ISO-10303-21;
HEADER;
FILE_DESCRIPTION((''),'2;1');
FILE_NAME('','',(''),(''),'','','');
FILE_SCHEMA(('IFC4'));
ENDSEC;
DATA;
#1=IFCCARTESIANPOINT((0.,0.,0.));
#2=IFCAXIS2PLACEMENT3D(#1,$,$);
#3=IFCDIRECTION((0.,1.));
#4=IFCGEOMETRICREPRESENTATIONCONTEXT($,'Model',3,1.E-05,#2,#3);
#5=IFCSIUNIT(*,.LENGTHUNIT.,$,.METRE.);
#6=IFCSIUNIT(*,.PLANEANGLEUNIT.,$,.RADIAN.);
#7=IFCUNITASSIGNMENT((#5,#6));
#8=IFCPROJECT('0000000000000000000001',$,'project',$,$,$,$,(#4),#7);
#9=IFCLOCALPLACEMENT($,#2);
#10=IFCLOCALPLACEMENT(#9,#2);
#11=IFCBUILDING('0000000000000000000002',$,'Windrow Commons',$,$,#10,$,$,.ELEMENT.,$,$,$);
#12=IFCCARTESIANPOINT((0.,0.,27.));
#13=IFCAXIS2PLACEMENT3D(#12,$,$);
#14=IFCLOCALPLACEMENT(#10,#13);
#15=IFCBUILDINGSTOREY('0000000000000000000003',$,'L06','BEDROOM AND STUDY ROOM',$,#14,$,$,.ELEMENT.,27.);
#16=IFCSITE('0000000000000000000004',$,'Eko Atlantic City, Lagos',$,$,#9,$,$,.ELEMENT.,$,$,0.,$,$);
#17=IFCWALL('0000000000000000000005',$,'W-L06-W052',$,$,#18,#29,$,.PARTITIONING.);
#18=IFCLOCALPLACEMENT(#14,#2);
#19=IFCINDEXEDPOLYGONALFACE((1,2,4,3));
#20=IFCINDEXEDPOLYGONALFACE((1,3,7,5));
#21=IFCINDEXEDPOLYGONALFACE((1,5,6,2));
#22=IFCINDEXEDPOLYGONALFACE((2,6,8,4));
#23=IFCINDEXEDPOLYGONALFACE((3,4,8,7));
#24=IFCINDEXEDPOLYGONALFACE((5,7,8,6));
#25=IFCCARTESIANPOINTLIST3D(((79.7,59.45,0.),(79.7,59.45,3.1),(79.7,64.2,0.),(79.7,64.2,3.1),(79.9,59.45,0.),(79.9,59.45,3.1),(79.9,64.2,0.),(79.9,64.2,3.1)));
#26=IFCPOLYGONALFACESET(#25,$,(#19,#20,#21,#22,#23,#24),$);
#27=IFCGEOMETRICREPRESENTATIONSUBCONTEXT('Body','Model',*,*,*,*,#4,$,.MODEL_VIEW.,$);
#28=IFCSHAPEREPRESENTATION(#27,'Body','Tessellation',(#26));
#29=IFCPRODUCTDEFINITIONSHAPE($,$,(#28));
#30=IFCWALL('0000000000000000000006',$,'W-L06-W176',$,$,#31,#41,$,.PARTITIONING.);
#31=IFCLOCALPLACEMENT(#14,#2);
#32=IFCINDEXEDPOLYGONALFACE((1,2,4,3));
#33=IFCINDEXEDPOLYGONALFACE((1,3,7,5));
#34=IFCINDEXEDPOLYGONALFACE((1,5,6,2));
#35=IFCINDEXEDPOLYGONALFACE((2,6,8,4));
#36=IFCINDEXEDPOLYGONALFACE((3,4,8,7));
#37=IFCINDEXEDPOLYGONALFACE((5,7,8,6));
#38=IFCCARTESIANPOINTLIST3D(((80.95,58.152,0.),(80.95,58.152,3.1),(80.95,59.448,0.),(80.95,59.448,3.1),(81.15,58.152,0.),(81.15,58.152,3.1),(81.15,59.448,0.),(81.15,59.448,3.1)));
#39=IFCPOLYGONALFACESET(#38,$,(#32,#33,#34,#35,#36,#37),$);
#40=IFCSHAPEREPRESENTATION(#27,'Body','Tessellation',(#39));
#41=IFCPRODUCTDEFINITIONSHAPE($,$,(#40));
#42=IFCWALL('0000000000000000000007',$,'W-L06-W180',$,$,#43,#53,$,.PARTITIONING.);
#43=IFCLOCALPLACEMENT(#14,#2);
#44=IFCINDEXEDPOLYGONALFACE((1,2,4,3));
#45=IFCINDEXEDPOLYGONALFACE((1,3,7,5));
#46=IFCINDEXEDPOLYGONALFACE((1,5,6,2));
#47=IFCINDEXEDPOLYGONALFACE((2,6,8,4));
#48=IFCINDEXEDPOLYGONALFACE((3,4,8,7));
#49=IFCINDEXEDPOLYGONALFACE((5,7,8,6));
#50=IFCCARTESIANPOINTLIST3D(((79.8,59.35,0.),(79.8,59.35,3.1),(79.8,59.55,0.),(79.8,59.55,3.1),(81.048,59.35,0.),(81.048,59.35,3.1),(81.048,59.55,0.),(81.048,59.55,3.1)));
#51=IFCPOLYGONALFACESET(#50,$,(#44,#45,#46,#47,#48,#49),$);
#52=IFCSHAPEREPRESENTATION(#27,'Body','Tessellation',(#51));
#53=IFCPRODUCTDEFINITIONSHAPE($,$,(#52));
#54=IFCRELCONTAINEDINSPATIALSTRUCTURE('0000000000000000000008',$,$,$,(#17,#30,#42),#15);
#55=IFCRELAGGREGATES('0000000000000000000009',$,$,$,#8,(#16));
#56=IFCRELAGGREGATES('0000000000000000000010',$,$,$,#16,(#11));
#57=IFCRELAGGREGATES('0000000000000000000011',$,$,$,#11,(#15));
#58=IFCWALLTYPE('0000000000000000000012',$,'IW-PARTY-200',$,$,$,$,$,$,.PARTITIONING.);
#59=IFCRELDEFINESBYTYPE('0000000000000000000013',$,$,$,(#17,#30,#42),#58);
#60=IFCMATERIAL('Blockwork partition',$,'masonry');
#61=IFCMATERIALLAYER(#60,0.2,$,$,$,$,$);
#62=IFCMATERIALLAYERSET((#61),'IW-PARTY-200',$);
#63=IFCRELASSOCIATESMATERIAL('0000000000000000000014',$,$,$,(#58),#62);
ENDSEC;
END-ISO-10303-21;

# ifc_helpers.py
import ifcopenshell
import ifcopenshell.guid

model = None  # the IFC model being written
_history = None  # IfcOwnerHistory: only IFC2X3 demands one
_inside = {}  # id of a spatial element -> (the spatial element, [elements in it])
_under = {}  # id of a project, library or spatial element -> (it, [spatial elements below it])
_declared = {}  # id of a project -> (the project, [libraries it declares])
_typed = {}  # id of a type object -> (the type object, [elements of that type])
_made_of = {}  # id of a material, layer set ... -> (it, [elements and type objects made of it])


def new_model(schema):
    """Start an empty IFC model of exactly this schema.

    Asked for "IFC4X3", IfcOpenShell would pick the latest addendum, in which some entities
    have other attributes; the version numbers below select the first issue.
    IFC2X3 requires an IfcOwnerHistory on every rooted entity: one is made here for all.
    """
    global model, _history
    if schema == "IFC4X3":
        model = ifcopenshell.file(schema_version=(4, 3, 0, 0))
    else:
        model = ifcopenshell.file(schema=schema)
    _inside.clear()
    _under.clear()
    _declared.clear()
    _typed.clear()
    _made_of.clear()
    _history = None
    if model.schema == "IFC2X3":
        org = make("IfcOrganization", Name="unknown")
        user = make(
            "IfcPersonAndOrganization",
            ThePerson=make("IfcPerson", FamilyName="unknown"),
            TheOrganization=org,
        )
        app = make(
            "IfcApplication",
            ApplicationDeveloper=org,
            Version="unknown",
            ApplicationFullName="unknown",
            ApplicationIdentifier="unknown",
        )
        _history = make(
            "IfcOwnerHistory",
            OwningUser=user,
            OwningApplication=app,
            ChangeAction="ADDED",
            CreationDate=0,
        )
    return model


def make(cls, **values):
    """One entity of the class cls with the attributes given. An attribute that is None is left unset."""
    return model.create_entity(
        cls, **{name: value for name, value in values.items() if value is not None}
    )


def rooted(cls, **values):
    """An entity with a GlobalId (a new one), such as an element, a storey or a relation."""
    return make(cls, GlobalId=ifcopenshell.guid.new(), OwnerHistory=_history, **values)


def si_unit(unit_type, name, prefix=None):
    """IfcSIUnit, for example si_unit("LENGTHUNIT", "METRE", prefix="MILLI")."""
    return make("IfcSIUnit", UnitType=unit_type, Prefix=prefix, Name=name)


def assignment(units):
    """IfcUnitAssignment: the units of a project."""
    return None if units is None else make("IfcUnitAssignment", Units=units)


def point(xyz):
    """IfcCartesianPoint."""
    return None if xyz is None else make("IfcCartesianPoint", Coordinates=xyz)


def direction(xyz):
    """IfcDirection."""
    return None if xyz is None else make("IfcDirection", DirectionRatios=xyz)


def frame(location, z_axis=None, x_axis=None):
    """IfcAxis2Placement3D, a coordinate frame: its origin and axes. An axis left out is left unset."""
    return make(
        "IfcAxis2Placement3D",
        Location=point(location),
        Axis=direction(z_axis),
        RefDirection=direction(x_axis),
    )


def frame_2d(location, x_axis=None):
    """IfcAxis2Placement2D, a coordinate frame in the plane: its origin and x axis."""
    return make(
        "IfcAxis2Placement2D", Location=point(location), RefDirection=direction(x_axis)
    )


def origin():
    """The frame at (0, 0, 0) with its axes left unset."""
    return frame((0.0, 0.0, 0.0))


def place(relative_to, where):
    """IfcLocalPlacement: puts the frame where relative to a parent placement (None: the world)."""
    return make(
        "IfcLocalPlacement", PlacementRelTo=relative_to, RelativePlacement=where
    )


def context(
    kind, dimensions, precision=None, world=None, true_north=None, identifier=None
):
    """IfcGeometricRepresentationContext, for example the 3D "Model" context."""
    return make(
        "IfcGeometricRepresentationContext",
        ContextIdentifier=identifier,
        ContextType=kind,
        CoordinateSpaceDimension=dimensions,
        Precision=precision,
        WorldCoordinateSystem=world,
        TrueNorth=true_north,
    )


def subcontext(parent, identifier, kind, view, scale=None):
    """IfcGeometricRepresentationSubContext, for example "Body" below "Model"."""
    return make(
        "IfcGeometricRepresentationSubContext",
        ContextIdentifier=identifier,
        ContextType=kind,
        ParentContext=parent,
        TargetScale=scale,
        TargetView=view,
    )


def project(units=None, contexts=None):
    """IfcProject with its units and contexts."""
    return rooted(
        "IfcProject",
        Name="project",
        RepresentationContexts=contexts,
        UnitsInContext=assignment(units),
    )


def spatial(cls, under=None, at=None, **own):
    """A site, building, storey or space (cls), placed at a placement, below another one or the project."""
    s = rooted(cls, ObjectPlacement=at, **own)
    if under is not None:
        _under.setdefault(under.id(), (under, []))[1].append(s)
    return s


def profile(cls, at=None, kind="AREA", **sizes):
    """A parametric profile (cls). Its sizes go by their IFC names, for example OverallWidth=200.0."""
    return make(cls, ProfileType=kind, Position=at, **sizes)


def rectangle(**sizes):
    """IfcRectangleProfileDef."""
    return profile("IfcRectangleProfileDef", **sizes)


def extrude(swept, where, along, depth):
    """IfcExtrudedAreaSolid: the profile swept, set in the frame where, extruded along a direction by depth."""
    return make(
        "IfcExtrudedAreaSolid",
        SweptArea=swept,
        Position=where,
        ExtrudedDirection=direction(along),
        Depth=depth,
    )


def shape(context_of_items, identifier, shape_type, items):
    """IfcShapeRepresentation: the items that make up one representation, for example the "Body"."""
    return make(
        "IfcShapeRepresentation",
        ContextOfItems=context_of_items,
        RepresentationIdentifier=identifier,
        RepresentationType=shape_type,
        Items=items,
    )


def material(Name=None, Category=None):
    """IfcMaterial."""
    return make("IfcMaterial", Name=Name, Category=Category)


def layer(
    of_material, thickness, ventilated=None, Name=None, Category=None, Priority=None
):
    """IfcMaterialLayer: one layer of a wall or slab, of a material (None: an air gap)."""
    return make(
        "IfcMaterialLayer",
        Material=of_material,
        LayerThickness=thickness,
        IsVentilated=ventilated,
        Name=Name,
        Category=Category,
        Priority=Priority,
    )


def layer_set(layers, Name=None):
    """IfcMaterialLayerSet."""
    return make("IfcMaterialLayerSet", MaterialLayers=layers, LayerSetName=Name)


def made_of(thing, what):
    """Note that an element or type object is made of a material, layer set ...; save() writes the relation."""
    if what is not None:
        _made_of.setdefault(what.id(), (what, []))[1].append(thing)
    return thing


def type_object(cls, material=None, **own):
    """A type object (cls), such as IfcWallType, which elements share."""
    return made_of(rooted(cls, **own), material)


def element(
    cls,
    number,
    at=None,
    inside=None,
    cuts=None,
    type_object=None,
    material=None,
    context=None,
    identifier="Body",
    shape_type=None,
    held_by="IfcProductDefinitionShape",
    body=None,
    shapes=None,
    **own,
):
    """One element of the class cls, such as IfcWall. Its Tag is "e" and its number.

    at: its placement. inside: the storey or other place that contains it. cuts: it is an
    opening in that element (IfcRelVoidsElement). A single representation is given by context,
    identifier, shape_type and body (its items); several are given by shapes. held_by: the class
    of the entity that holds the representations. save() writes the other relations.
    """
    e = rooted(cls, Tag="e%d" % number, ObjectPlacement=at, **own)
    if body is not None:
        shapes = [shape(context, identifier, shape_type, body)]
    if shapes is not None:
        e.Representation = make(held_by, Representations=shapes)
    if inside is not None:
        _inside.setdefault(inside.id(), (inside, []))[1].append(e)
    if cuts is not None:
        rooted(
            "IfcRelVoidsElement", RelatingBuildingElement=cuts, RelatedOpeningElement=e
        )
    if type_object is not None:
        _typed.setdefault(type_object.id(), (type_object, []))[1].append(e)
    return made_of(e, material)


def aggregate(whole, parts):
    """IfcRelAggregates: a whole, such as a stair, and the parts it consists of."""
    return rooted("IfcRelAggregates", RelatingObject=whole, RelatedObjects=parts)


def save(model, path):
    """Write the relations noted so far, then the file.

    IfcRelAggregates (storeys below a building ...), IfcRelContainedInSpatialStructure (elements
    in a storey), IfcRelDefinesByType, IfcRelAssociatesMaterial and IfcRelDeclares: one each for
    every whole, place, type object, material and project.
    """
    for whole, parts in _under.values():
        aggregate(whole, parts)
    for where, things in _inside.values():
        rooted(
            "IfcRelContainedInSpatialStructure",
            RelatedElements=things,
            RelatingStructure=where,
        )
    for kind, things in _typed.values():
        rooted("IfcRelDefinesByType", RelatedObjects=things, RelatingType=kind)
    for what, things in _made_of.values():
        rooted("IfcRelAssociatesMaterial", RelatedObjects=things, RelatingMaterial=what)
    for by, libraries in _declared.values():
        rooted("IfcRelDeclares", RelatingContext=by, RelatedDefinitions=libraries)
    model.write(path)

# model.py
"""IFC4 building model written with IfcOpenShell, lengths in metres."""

from ifc_helpers import new_model, si_unit, direction, frame, frame_2d, origin, place, context, subcontext, project, spatial, rectangle, extrude, material, layer, layer_set, type_object, element, save


model = new_model("IFC4")

# Units and contexts
model_context = context("Model", 3, precision=1e-05, world=origin(), true_north=direction((0.0, 1.0)))
body_context = subcontext(model_context, "Body", "Model", "MODEL_VIEW")
ifc_project = project(units=[si_unit("LENGTHUNIT", "METRE"), si_unit("PLANEANGLEUNIT", "RADIAN")], contexts=[model_context])

# Site, building, storey
site_placement = place(None, origin())
site = spatial("IfcSite", under=ifc_project, at=site_placement, Name="Eko Atlantic City, Lagos", CompositionType="ELEMENT", RefElevation=0.0)
building_placement = place(site_placement, origin())
building = spatial("IfcBuilding", under=site, at=building_placement, Name="Windrow Commons", CompositionType="ELEMENT")
storey_placement = place(building_placement, frame((0.0, 0.0, 27.0)))
storey = spatial("IfcBuildingStorey", under=building, at=storey_placement, Name="L06", Description="BEDROOM AND STUDY ROOM", CompositionType="ELEMENT", Elevation=27.0)

# Walls
ifc_material_1 = material(Name="Blockwork partition", Category="masonry")
ifc_layer_1 = layer(ifc_material_1, 0.2)
ifc_layer_set_1 = layer_set([ifc_layer_1], Name="IW-PARTY-200")
wall_type_1 = type_object("IfcWallType", Name="IW-PARTY-200", PredefinedType="PARTITIONING", material=ifc_layer_set_1)
wall_1_placement = place(storey_placement, frame((79.8, 59.45, 0.0), z_axis=(0.0, 0.0, 1.0), x_axis=(0.0, 1.0, 0.0)))
element("IfcWall", 1, at=wall_1_placement, inside=storey, type_object=wall_type_1, Name="W-L06-W052", PredefinedType="PARTITIONING", context=body_context, shape_type="SweptSolid", body=[
    extrude(rectangle(XDim=4.75, YDim=0.2, at=frame_2d((2.375, 0.0))), origin(), (0.0, 0.0, 1.0), 3.1),
])
wall_2_placement = place(storey_placement, frame((81.05, 58.152, 0.0), z_axis=(0.0, 0.0, 1.0), x_axis=(0.0, 1.0, 0.0)))
element("IfcWall", 2, at=wall_2_placement, inside=storey, type_object=wall_type_1, Name="W-L06-W176", PredefinedType="PARTITIONING", context=body_context, shape_type="SweptSolid", body=[
    extrude(rectangle(XDim=1.296, YDim=0.2, at=frame_2d((0.648, 0.0))), origin(), (0.0, 0.0, 1.0), 3.1),
])
wall_3_placement = place(storey_placement, frame((79.8, 59.45, 0.0), z_axis=(0.0, 0.0, 1.0), x_axis=(1.0, 0.0, 0.0)))
element("IfcWall", 3, at=wall_3_placement, inside=storey, type_object=wall_type_1, Name="W-L06-W180", PredefinedType="PARTITIONING", context=body_context, shape_type="SweptSolid", body=[
    extrude(rectangle(XDim=1.248, YDim=0.2, at=frame_2d((0.624, 0.0))), origin(), (0.0, 0.0, 1.0), 3.1),
])

save(model, "model.ifc")
